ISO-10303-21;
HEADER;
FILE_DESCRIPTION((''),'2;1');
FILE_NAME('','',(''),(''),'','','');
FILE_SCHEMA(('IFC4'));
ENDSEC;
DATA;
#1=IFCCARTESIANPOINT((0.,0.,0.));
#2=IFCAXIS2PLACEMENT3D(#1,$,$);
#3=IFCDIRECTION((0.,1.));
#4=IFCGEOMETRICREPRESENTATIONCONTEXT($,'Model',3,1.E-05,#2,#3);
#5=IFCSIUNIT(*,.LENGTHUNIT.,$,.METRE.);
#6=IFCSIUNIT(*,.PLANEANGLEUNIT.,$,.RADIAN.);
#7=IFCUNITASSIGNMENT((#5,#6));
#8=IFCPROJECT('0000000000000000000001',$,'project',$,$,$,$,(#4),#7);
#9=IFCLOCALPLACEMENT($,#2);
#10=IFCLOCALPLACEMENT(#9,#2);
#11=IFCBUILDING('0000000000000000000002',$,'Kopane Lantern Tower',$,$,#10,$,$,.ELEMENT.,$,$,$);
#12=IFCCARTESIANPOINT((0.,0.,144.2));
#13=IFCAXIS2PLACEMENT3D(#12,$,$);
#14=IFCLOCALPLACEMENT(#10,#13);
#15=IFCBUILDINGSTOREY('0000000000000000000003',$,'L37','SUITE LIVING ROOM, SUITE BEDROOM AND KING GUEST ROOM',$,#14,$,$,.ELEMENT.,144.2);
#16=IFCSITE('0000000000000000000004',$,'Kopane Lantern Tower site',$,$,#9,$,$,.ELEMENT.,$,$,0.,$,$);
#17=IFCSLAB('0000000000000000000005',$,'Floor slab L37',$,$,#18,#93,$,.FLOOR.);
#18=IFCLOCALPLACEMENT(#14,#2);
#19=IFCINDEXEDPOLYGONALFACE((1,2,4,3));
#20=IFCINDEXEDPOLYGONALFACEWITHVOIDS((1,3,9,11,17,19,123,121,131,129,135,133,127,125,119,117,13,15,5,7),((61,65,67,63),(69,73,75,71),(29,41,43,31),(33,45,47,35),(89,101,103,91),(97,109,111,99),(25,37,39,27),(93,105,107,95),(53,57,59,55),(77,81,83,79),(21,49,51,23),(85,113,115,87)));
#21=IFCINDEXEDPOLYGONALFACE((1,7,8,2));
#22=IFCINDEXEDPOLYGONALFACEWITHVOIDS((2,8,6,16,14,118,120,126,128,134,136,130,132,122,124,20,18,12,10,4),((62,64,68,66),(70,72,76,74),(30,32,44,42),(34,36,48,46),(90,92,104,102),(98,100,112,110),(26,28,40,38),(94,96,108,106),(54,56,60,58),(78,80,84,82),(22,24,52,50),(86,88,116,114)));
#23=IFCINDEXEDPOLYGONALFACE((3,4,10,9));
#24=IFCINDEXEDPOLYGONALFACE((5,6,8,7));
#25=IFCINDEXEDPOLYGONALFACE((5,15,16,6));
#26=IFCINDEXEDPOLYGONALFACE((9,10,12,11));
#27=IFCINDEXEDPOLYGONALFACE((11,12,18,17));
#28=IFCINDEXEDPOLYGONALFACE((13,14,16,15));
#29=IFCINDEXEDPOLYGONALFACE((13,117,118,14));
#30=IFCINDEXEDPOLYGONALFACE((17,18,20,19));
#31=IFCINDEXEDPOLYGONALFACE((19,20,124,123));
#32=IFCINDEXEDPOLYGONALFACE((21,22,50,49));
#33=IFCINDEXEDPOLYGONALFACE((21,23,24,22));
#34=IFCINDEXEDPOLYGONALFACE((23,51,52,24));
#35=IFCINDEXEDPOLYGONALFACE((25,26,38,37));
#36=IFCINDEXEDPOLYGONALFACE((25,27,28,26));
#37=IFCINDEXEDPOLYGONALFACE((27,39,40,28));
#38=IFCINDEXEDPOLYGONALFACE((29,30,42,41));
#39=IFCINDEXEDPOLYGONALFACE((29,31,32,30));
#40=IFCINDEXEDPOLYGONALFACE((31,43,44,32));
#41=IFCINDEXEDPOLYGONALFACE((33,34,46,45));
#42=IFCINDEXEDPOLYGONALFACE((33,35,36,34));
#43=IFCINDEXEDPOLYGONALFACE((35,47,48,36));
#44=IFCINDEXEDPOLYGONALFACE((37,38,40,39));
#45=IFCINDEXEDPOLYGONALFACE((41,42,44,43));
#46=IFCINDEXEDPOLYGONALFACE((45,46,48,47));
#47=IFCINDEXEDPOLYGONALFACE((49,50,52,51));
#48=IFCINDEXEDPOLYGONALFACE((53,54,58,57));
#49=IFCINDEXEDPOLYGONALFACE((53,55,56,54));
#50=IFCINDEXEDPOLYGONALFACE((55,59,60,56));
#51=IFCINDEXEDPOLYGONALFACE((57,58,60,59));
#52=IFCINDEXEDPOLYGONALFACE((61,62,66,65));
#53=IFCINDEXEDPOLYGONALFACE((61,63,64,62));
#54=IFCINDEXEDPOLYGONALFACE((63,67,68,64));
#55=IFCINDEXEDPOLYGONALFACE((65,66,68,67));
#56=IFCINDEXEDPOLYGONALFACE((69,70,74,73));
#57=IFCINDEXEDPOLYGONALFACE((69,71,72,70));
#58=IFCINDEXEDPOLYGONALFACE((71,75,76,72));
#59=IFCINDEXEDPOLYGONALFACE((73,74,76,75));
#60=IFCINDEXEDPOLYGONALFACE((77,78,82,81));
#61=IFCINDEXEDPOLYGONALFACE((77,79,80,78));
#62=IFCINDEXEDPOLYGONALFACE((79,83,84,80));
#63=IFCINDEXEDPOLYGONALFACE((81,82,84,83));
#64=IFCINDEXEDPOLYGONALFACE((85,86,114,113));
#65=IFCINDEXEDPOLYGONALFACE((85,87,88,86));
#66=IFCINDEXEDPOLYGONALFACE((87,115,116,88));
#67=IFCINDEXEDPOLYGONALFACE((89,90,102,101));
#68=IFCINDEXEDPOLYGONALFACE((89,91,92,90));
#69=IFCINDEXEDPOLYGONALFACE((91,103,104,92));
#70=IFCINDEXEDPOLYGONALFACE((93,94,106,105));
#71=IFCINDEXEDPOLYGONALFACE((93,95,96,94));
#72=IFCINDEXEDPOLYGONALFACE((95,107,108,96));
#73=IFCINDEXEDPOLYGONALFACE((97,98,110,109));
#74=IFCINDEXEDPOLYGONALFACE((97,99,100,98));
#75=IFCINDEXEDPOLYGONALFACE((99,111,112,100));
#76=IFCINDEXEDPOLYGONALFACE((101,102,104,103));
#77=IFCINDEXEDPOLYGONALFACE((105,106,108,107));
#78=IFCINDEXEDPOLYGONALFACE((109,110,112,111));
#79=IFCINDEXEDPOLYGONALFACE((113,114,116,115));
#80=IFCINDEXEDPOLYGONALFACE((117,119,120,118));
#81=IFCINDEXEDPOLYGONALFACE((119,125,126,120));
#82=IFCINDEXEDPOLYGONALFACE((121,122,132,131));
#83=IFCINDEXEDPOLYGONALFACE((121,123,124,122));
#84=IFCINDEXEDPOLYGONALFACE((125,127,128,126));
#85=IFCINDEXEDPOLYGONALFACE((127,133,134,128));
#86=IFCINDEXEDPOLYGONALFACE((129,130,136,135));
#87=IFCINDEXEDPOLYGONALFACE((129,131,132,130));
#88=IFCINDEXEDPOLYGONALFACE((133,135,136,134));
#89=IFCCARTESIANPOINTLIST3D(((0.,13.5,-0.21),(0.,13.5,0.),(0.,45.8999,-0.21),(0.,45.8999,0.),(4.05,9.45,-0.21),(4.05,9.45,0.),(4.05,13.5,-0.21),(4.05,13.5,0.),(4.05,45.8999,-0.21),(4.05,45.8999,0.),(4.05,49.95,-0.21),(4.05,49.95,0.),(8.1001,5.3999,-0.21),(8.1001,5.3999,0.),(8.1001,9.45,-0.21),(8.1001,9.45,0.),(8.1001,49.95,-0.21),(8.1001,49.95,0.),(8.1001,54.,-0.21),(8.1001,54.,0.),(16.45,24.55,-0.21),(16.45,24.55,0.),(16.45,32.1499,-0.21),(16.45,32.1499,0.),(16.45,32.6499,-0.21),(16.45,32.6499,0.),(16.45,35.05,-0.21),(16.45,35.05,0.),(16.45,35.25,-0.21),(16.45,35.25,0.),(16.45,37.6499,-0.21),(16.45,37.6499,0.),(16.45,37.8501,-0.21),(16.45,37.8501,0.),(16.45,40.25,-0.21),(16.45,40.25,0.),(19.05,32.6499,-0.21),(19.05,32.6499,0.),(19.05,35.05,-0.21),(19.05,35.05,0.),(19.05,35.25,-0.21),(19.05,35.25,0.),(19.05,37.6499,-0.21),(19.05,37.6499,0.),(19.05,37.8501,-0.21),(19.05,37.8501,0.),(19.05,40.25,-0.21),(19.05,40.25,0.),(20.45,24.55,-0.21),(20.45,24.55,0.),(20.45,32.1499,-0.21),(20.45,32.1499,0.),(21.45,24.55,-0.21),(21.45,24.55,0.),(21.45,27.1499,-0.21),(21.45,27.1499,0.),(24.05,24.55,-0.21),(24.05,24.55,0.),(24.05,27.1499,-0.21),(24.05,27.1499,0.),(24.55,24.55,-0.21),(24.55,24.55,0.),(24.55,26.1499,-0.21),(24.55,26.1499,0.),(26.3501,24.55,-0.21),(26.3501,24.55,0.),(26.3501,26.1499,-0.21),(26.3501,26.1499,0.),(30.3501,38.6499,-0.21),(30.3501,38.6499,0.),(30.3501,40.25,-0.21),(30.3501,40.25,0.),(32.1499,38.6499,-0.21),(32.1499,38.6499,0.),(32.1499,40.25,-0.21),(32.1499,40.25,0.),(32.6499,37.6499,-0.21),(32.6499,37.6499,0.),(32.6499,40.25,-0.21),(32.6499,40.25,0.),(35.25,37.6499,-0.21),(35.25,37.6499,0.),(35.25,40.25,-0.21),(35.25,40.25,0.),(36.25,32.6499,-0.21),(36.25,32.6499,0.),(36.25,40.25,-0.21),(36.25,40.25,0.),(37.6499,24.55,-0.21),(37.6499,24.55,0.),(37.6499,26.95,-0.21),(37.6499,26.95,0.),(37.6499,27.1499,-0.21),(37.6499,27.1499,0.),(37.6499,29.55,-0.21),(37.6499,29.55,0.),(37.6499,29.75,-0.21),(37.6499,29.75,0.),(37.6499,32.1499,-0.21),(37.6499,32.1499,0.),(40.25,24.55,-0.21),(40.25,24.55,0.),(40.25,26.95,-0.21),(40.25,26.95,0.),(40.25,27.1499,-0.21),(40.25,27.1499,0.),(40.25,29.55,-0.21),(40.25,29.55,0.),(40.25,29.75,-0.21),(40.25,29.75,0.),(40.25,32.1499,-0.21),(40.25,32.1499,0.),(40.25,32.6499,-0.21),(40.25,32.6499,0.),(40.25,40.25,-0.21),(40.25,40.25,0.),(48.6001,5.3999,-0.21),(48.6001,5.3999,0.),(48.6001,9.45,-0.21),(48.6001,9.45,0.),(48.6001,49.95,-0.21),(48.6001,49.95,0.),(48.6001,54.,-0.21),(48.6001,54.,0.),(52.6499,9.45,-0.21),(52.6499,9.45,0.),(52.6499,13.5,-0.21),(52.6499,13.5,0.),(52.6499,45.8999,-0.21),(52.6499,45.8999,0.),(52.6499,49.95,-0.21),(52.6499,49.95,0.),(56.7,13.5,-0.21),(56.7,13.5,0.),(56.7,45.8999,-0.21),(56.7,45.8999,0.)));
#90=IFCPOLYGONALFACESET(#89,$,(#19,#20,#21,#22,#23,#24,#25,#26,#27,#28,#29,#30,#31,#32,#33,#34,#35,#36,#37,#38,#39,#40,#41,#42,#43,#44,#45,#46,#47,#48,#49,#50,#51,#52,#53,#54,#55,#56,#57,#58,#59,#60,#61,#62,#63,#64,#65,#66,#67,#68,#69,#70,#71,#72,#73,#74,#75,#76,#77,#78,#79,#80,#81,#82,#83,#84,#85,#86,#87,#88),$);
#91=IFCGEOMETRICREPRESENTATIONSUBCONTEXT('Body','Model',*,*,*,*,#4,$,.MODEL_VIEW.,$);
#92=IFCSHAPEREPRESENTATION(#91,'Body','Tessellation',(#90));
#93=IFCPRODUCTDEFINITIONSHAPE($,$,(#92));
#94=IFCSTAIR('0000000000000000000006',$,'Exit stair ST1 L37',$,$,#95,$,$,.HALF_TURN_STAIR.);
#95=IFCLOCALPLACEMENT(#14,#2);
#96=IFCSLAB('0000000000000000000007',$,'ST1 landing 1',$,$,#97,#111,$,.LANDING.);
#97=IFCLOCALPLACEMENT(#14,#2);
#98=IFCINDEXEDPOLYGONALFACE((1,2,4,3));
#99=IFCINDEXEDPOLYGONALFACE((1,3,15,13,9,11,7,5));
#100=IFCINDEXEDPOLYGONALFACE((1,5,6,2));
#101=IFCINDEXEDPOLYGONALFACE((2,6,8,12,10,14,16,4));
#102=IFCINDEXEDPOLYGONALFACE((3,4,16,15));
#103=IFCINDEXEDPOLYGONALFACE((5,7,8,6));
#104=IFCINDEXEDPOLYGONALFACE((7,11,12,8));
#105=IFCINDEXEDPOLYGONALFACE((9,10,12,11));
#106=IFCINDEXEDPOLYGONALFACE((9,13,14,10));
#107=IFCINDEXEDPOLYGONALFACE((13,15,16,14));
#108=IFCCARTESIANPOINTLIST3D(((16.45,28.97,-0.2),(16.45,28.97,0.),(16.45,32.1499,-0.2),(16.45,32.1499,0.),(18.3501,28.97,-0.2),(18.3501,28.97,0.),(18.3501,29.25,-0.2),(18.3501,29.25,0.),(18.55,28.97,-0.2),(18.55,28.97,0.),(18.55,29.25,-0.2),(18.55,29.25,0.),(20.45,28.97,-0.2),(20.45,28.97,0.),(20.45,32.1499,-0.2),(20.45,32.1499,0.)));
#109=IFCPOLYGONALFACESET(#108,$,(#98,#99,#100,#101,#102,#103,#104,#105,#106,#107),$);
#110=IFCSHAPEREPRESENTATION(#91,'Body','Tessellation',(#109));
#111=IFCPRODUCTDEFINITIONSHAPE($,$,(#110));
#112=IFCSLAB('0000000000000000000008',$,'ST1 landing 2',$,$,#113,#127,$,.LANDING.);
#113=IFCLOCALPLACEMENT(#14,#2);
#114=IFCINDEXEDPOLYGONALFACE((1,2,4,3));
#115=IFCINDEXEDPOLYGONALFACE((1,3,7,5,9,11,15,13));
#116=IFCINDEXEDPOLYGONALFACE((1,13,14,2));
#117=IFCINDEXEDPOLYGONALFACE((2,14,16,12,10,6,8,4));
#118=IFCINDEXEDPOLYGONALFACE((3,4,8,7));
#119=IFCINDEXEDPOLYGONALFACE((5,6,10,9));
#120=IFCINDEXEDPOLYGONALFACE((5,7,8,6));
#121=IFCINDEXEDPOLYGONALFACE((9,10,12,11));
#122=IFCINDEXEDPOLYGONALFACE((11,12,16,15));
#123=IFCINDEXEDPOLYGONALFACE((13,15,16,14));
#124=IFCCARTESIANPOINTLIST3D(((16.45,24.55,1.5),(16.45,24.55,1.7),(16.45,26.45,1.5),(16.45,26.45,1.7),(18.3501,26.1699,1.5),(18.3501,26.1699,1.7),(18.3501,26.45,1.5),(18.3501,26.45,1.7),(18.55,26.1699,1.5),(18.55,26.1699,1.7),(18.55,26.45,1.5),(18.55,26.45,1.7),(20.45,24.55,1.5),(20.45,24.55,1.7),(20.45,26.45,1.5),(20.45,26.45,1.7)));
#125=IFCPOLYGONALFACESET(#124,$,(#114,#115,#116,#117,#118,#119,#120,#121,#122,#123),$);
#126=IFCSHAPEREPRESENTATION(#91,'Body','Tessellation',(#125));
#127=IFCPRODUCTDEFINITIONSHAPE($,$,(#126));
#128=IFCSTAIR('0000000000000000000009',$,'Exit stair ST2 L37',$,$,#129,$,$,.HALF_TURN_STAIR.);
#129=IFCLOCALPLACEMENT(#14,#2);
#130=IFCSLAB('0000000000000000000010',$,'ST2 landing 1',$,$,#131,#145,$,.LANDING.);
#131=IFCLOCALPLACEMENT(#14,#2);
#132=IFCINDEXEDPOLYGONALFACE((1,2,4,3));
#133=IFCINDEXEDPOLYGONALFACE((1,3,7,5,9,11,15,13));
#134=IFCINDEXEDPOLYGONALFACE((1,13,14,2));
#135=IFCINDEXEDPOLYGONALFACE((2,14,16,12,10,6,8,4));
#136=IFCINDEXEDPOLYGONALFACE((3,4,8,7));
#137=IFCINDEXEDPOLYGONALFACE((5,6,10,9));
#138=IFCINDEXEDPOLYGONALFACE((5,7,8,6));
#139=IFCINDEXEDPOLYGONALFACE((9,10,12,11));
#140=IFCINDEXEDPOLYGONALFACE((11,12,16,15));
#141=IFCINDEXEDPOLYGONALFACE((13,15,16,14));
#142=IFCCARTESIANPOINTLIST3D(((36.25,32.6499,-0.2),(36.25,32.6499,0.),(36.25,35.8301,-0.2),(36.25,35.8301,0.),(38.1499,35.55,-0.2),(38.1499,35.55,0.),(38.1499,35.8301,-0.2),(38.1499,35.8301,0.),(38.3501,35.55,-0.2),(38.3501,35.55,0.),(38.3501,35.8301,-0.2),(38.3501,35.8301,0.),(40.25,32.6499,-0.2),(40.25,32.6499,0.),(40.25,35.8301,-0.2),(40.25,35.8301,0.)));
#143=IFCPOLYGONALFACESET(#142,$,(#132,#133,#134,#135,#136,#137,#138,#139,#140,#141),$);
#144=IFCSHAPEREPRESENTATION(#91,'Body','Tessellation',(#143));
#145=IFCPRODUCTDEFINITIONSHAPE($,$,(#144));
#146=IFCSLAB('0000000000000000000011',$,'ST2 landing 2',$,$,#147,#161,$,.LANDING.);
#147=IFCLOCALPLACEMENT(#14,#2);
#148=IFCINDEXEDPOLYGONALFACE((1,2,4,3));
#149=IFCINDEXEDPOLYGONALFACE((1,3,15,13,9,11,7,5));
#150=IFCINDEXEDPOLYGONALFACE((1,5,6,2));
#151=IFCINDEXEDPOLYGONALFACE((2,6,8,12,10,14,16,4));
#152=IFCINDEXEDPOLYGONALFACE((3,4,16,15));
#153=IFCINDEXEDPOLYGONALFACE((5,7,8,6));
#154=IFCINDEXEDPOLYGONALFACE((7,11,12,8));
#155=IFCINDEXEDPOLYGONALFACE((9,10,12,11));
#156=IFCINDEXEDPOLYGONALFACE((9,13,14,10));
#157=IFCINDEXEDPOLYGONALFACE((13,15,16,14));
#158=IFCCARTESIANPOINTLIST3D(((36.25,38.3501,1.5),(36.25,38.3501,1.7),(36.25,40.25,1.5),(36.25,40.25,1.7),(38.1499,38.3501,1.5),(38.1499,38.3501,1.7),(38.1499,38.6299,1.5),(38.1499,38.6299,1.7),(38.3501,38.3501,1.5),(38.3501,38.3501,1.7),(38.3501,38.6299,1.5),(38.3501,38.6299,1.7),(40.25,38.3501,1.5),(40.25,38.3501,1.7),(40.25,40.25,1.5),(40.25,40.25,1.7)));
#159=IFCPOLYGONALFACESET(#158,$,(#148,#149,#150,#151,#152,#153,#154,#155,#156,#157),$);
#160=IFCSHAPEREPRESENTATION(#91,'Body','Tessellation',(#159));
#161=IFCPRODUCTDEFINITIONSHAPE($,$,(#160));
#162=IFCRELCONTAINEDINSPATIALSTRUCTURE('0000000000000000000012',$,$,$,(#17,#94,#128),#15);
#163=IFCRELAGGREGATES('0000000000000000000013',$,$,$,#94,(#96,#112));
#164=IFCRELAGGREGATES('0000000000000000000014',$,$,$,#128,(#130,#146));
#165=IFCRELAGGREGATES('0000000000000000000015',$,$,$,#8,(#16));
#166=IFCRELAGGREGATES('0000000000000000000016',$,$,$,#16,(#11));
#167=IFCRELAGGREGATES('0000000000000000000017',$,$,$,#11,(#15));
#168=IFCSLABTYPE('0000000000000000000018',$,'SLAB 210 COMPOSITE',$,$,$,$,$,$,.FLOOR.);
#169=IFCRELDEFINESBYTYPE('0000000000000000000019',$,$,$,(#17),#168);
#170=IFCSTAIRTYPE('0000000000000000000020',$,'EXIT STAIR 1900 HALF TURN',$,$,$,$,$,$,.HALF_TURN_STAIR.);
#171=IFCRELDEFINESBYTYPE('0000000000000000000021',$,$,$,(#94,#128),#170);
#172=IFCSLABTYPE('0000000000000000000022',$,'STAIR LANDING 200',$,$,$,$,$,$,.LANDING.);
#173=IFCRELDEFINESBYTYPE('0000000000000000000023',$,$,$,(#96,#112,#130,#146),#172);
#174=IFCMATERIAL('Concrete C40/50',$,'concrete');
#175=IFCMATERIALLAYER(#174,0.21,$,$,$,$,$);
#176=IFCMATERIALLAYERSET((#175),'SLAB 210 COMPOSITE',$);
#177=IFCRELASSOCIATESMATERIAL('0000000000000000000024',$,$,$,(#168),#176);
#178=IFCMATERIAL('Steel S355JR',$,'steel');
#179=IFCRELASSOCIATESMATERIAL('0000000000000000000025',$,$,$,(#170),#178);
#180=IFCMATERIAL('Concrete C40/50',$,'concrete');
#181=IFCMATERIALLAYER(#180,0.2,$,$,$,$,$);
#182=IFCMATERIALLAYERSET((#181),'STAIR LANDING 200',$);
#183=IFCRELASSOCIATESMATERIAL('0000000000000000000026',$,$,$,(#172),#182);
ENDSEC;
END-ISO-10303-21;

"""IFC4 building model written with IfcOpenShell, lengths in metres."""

from ifc_helpers import new_model, si_unit, direction, frame, origin, place, context, subcontext, project, spatial, polyline, outline, extrude, material, layer, layer_set, type_object, element, aggregate, save


model = new_model("IFC4")

# Units and contexts
model_context = context("Model", 3, precision=1e-05, world=origin(), true_north=direction((0.0, 1.0)))
body_context = subcontext(model_context, "Body", "Model", "MODEL_VIEW")
ifc_project = project(units=[si_unit("LENGTHUNIT", "METRE"), si_unit("PLANEANGLEUNIT", "RADIAN")], contexts=[model_context])

# Site, building, storey
site_placement = place(None, origin())
site = spatial("IfcSite", under=ifc_project, at=site_placement, Name="Kopane Lantern Tower site", CompositionType="ELEMENT", RefElevation=0.0)
building_placement = place(site_placement, origin())
building = spatial("IfcBuilding", under=site, at=building_placement, Name="Kopane Lantern Tower", CompositionType="ELEMENT")
storey_placement = place(building_placement, frame((0.0, 0.0, 144.2)))
storey = spatial("IfcBuildingStorey", under=building, at=storey_placement, Name="L37", Description="SUITE LIVING ROOM, SUITE BEDROOM AND KING GUEST ROOM", CompositionType="ELEMENT", Elevation=144.2)

# Slab
ifc_material_1 = material(Name="Concrete C40/50", Category="concrete")
ifc_layer_1 = layer(ifc_material_1, 0.21)
ifc_layer_set_1 = layer_set([ifc_layer_1], Name="SLAB 210 COMPOSITE")
slab_type_1 = type_object("IfcSlabType", Name="SLAB 210 COMPOSITE", PredefinedType="FLOOR", material=ifc_layer_set_1)
slab_1_placement = place(storey_placement, frame((0.0, 0.0, -0.21)))
element("IfcSlab", 1, at=slab_1_placement, inside=storey, type_object=slab_type_1, Name="Floor slab L37", PredefinedType="FLOOR", context=body_context, shape_type="SweptSolid", body=[
    extrude(outline(polyline([(8.1001, 5.3999), (48.6001, 5.3999), (48.6001, 9.45), (52.6499, 9.45), (52.6499, 13.5), (56.7, 13.5), (56.7, 45.8999), (52.6499, 45.8999), (52.6499, 49.95), (48.6001, 49.95), (48.6001, 54.0), (8.1001, 54.0), (8.1001, 49.95), (4.05, 49.95), (4.05, 45.8999), (0.0, 45.8999), (0.0, 13.5), (4.05, 13.5), (4.05, 9.45), (8.1001, 9.45), (8.1001, 5.3999)]), holes=[polyline([(16.45, 24.55), (20.45, 24.55), (20.45, 32.1499), (16.45, 32.1499), (16.45, 24.55)]), polyline([(36.25, 32.6499), (40.25, 32.6499), (40.25, 40.25), (36.25, 40.25), (36.25, 32.6499)]), polyline([(16.45, 32.6499), (19.05, 32.6499), (19.05, 35.05), (16.45, 35.05), (16.45, 32.6499)]), polyline([(16.45, 35.25), (19.05, 35.25), (19.05, 37.6499), (16.45, 37.6499), (16.45, 35.25)]), polyline([(16.45, 37.8501), (19.05, 37.8501), (19.05, 40.25), (16.45, 40.25), (16.45, 37.8501)]), polyline([(37.6499, 24.55), (40.25, 24.55), (40.25, 26.95), (37.6499, 26.95), (37.6499, 24.55)]), polyline([(37.6499, 27.1499), (40.25, 27.1499), (40.25, 29.55), (37.6499, 29.55), (37.6499, 27.1499)]), polyline([(37.6499, 29.75), (40.25, 29.75), (40.25, 32.1499), (37.6499, 32.1499), (37.6499, 29.75)]), polyline([(21.45, 24.55), (24.05, 24.55), (24.05, 27.1499), (21.45, 27.1499), (21.45, 24.55)]), polyline([(32.6499, 37.6499), (35.25, 37.6499), (35.25, 40.25), (32.6499, 40.25), (32.6499, 37.6499)]), polyline([(24.55, 24.55), (26.3501, 24.55), (26.3501, 26.1499), (24.55, 26.1499), (24.55, 24.55)]), polyline([(30.3501, 38.6499), (32.1499, 38.6499), (32.1499, 40.25), (30.3501, 40.25), (30.3501, 38.6499)])]), origin(), (0.0, 0.0, 1.0), 0.21),
])

# Stairs, slabs
ifc_material_2 = material(Name="Steel S355JR", Category="steel")
stair_type = type_object("IfcStairType", Name="EXIT STAIR 1900 HALF TURN", PredefinedType="HALF_TURN_STAIR", material=ifc_material_2)
stair_1_placement = place(storey_placement, origin())
stair_1 = element("IfcStair", 2, at=stair_1_placement, inside=storey, type_object=stair_type, Name="Exit stair ST1 L37", PredefinedType="HALF_TURN_STAIR")
ifc_material_3 = material(Name="Concrete C40/50", Category="concrete")
ifc_layer_2 = layer(ifc_material_3, 0.2)
ifc_layer_set_2 = layer_set([ifc_layer_2], Name="STAIR LANDING 200")
slab_type_2 = type_object("IfcSlabType", Name="STAIR LANDING 200", PredefinedType="LANDING", material=ifc_layer_set_2)
slab_2_placement = place(storey_placement, frame((0.0, 0.0, -0.2)))
slab_2 = element("IfcSlab", 3, at=slab_2_placement, type_object=slab_type_2, Name="ST1 landing 1", PredefinedType="LANDING", context=body_context, shape_type="SweptSolid", body=[
    extrude(outline(polyline([(18.3501, 29.25), (18.55, 29.25), (18.55, 28.97), (20.45, 28.97), (20.45, 32.1499), (16.45, 32.1499), (16.45, 28.97), (18.3501, 28.97), (18.3501, 29.25)])), origin(), (0.0, 0.0, 1.0), 0.2),
])
slab_3_placement = place(storey_placement, frame((0.0, 0.0, 1.5)))
slab_3 = element("IfcSlab", 4, at=slab_3_placement, type_object=slab_type_2, Name="ST1 landing 2", PredefinedType="LANDING", context=body_context, shape_type="SweptSolid", body=[
    extrude(outline(polyline([(20.45, 26.45), (18.55, 26.45), (18.55, 26.1699), (18.3501, 26.1699), (18.3501, 26.45), (16.45, 26.45), (16.45, 24.55), (20.45, 24.55), (20.45, 26.45)])), origin(), (0.0, 0.0, 1.0), 0.2),
])
aggregate(stair_1, [slab_2, slab_3])
stair_2_placement = place(storey_placement, origin())
stair_2 = element("IfcStair", 5, at=stair_2_placement, inside=storey, type_object=stair_type, Name="Exit stair ST2 L37", PredefinedType="HALF_TURN_STAIR")
slab_4_placement = place(storey_placement, frame((0.0, 0.0, -0.2)))
slab_4 = element("IfcSlab", 6, at=slab_4_placement, type_object=slab_type_2, Name="ST2 landing 1", PredefinedType="LANDING", context=body_context, shape_type="SweptSolid", body=[
    extrude(outline(polyline([(40.25, 35.8301), (38.3501, 35.8301), (38.3501, 35.55), (38.1499, 35.55), (38.1499, 35.8301), (36.25, 35.8301), (36.25, 32.6499), (40.25, 32.6499), (40.25, 35.8301)])), origin(), (0.0, 0.0, 1.0), 0.2),
])
slab_5_placement = place(storey_placement, frame((0.0, 0.0, 1.5)))
slab_5 = element("IfcSlab", 7, at=slab_5_placement, type_object=slab_type_2, Name="ST2 landing 2", PredefinedType="LANDING", context=body_context, shape_type="SweptSolid", body=[
    extrude(outline(polyline([(38.1499, 38.6299), (38.3501, 38.6299), (38.3501, 38.3501), (40.25, 38.3501), (40.25, 40.25), (36.25, 40.25), (36.25, 38.3501), (38.1499, 38.3501), (38.1499, 38.6299)])), origin(), (0.0, 0.0, 1.0), 0.2),
])
aggregate(stair_2, [slab_4, slab_5])

save(model, "model.ifc")
